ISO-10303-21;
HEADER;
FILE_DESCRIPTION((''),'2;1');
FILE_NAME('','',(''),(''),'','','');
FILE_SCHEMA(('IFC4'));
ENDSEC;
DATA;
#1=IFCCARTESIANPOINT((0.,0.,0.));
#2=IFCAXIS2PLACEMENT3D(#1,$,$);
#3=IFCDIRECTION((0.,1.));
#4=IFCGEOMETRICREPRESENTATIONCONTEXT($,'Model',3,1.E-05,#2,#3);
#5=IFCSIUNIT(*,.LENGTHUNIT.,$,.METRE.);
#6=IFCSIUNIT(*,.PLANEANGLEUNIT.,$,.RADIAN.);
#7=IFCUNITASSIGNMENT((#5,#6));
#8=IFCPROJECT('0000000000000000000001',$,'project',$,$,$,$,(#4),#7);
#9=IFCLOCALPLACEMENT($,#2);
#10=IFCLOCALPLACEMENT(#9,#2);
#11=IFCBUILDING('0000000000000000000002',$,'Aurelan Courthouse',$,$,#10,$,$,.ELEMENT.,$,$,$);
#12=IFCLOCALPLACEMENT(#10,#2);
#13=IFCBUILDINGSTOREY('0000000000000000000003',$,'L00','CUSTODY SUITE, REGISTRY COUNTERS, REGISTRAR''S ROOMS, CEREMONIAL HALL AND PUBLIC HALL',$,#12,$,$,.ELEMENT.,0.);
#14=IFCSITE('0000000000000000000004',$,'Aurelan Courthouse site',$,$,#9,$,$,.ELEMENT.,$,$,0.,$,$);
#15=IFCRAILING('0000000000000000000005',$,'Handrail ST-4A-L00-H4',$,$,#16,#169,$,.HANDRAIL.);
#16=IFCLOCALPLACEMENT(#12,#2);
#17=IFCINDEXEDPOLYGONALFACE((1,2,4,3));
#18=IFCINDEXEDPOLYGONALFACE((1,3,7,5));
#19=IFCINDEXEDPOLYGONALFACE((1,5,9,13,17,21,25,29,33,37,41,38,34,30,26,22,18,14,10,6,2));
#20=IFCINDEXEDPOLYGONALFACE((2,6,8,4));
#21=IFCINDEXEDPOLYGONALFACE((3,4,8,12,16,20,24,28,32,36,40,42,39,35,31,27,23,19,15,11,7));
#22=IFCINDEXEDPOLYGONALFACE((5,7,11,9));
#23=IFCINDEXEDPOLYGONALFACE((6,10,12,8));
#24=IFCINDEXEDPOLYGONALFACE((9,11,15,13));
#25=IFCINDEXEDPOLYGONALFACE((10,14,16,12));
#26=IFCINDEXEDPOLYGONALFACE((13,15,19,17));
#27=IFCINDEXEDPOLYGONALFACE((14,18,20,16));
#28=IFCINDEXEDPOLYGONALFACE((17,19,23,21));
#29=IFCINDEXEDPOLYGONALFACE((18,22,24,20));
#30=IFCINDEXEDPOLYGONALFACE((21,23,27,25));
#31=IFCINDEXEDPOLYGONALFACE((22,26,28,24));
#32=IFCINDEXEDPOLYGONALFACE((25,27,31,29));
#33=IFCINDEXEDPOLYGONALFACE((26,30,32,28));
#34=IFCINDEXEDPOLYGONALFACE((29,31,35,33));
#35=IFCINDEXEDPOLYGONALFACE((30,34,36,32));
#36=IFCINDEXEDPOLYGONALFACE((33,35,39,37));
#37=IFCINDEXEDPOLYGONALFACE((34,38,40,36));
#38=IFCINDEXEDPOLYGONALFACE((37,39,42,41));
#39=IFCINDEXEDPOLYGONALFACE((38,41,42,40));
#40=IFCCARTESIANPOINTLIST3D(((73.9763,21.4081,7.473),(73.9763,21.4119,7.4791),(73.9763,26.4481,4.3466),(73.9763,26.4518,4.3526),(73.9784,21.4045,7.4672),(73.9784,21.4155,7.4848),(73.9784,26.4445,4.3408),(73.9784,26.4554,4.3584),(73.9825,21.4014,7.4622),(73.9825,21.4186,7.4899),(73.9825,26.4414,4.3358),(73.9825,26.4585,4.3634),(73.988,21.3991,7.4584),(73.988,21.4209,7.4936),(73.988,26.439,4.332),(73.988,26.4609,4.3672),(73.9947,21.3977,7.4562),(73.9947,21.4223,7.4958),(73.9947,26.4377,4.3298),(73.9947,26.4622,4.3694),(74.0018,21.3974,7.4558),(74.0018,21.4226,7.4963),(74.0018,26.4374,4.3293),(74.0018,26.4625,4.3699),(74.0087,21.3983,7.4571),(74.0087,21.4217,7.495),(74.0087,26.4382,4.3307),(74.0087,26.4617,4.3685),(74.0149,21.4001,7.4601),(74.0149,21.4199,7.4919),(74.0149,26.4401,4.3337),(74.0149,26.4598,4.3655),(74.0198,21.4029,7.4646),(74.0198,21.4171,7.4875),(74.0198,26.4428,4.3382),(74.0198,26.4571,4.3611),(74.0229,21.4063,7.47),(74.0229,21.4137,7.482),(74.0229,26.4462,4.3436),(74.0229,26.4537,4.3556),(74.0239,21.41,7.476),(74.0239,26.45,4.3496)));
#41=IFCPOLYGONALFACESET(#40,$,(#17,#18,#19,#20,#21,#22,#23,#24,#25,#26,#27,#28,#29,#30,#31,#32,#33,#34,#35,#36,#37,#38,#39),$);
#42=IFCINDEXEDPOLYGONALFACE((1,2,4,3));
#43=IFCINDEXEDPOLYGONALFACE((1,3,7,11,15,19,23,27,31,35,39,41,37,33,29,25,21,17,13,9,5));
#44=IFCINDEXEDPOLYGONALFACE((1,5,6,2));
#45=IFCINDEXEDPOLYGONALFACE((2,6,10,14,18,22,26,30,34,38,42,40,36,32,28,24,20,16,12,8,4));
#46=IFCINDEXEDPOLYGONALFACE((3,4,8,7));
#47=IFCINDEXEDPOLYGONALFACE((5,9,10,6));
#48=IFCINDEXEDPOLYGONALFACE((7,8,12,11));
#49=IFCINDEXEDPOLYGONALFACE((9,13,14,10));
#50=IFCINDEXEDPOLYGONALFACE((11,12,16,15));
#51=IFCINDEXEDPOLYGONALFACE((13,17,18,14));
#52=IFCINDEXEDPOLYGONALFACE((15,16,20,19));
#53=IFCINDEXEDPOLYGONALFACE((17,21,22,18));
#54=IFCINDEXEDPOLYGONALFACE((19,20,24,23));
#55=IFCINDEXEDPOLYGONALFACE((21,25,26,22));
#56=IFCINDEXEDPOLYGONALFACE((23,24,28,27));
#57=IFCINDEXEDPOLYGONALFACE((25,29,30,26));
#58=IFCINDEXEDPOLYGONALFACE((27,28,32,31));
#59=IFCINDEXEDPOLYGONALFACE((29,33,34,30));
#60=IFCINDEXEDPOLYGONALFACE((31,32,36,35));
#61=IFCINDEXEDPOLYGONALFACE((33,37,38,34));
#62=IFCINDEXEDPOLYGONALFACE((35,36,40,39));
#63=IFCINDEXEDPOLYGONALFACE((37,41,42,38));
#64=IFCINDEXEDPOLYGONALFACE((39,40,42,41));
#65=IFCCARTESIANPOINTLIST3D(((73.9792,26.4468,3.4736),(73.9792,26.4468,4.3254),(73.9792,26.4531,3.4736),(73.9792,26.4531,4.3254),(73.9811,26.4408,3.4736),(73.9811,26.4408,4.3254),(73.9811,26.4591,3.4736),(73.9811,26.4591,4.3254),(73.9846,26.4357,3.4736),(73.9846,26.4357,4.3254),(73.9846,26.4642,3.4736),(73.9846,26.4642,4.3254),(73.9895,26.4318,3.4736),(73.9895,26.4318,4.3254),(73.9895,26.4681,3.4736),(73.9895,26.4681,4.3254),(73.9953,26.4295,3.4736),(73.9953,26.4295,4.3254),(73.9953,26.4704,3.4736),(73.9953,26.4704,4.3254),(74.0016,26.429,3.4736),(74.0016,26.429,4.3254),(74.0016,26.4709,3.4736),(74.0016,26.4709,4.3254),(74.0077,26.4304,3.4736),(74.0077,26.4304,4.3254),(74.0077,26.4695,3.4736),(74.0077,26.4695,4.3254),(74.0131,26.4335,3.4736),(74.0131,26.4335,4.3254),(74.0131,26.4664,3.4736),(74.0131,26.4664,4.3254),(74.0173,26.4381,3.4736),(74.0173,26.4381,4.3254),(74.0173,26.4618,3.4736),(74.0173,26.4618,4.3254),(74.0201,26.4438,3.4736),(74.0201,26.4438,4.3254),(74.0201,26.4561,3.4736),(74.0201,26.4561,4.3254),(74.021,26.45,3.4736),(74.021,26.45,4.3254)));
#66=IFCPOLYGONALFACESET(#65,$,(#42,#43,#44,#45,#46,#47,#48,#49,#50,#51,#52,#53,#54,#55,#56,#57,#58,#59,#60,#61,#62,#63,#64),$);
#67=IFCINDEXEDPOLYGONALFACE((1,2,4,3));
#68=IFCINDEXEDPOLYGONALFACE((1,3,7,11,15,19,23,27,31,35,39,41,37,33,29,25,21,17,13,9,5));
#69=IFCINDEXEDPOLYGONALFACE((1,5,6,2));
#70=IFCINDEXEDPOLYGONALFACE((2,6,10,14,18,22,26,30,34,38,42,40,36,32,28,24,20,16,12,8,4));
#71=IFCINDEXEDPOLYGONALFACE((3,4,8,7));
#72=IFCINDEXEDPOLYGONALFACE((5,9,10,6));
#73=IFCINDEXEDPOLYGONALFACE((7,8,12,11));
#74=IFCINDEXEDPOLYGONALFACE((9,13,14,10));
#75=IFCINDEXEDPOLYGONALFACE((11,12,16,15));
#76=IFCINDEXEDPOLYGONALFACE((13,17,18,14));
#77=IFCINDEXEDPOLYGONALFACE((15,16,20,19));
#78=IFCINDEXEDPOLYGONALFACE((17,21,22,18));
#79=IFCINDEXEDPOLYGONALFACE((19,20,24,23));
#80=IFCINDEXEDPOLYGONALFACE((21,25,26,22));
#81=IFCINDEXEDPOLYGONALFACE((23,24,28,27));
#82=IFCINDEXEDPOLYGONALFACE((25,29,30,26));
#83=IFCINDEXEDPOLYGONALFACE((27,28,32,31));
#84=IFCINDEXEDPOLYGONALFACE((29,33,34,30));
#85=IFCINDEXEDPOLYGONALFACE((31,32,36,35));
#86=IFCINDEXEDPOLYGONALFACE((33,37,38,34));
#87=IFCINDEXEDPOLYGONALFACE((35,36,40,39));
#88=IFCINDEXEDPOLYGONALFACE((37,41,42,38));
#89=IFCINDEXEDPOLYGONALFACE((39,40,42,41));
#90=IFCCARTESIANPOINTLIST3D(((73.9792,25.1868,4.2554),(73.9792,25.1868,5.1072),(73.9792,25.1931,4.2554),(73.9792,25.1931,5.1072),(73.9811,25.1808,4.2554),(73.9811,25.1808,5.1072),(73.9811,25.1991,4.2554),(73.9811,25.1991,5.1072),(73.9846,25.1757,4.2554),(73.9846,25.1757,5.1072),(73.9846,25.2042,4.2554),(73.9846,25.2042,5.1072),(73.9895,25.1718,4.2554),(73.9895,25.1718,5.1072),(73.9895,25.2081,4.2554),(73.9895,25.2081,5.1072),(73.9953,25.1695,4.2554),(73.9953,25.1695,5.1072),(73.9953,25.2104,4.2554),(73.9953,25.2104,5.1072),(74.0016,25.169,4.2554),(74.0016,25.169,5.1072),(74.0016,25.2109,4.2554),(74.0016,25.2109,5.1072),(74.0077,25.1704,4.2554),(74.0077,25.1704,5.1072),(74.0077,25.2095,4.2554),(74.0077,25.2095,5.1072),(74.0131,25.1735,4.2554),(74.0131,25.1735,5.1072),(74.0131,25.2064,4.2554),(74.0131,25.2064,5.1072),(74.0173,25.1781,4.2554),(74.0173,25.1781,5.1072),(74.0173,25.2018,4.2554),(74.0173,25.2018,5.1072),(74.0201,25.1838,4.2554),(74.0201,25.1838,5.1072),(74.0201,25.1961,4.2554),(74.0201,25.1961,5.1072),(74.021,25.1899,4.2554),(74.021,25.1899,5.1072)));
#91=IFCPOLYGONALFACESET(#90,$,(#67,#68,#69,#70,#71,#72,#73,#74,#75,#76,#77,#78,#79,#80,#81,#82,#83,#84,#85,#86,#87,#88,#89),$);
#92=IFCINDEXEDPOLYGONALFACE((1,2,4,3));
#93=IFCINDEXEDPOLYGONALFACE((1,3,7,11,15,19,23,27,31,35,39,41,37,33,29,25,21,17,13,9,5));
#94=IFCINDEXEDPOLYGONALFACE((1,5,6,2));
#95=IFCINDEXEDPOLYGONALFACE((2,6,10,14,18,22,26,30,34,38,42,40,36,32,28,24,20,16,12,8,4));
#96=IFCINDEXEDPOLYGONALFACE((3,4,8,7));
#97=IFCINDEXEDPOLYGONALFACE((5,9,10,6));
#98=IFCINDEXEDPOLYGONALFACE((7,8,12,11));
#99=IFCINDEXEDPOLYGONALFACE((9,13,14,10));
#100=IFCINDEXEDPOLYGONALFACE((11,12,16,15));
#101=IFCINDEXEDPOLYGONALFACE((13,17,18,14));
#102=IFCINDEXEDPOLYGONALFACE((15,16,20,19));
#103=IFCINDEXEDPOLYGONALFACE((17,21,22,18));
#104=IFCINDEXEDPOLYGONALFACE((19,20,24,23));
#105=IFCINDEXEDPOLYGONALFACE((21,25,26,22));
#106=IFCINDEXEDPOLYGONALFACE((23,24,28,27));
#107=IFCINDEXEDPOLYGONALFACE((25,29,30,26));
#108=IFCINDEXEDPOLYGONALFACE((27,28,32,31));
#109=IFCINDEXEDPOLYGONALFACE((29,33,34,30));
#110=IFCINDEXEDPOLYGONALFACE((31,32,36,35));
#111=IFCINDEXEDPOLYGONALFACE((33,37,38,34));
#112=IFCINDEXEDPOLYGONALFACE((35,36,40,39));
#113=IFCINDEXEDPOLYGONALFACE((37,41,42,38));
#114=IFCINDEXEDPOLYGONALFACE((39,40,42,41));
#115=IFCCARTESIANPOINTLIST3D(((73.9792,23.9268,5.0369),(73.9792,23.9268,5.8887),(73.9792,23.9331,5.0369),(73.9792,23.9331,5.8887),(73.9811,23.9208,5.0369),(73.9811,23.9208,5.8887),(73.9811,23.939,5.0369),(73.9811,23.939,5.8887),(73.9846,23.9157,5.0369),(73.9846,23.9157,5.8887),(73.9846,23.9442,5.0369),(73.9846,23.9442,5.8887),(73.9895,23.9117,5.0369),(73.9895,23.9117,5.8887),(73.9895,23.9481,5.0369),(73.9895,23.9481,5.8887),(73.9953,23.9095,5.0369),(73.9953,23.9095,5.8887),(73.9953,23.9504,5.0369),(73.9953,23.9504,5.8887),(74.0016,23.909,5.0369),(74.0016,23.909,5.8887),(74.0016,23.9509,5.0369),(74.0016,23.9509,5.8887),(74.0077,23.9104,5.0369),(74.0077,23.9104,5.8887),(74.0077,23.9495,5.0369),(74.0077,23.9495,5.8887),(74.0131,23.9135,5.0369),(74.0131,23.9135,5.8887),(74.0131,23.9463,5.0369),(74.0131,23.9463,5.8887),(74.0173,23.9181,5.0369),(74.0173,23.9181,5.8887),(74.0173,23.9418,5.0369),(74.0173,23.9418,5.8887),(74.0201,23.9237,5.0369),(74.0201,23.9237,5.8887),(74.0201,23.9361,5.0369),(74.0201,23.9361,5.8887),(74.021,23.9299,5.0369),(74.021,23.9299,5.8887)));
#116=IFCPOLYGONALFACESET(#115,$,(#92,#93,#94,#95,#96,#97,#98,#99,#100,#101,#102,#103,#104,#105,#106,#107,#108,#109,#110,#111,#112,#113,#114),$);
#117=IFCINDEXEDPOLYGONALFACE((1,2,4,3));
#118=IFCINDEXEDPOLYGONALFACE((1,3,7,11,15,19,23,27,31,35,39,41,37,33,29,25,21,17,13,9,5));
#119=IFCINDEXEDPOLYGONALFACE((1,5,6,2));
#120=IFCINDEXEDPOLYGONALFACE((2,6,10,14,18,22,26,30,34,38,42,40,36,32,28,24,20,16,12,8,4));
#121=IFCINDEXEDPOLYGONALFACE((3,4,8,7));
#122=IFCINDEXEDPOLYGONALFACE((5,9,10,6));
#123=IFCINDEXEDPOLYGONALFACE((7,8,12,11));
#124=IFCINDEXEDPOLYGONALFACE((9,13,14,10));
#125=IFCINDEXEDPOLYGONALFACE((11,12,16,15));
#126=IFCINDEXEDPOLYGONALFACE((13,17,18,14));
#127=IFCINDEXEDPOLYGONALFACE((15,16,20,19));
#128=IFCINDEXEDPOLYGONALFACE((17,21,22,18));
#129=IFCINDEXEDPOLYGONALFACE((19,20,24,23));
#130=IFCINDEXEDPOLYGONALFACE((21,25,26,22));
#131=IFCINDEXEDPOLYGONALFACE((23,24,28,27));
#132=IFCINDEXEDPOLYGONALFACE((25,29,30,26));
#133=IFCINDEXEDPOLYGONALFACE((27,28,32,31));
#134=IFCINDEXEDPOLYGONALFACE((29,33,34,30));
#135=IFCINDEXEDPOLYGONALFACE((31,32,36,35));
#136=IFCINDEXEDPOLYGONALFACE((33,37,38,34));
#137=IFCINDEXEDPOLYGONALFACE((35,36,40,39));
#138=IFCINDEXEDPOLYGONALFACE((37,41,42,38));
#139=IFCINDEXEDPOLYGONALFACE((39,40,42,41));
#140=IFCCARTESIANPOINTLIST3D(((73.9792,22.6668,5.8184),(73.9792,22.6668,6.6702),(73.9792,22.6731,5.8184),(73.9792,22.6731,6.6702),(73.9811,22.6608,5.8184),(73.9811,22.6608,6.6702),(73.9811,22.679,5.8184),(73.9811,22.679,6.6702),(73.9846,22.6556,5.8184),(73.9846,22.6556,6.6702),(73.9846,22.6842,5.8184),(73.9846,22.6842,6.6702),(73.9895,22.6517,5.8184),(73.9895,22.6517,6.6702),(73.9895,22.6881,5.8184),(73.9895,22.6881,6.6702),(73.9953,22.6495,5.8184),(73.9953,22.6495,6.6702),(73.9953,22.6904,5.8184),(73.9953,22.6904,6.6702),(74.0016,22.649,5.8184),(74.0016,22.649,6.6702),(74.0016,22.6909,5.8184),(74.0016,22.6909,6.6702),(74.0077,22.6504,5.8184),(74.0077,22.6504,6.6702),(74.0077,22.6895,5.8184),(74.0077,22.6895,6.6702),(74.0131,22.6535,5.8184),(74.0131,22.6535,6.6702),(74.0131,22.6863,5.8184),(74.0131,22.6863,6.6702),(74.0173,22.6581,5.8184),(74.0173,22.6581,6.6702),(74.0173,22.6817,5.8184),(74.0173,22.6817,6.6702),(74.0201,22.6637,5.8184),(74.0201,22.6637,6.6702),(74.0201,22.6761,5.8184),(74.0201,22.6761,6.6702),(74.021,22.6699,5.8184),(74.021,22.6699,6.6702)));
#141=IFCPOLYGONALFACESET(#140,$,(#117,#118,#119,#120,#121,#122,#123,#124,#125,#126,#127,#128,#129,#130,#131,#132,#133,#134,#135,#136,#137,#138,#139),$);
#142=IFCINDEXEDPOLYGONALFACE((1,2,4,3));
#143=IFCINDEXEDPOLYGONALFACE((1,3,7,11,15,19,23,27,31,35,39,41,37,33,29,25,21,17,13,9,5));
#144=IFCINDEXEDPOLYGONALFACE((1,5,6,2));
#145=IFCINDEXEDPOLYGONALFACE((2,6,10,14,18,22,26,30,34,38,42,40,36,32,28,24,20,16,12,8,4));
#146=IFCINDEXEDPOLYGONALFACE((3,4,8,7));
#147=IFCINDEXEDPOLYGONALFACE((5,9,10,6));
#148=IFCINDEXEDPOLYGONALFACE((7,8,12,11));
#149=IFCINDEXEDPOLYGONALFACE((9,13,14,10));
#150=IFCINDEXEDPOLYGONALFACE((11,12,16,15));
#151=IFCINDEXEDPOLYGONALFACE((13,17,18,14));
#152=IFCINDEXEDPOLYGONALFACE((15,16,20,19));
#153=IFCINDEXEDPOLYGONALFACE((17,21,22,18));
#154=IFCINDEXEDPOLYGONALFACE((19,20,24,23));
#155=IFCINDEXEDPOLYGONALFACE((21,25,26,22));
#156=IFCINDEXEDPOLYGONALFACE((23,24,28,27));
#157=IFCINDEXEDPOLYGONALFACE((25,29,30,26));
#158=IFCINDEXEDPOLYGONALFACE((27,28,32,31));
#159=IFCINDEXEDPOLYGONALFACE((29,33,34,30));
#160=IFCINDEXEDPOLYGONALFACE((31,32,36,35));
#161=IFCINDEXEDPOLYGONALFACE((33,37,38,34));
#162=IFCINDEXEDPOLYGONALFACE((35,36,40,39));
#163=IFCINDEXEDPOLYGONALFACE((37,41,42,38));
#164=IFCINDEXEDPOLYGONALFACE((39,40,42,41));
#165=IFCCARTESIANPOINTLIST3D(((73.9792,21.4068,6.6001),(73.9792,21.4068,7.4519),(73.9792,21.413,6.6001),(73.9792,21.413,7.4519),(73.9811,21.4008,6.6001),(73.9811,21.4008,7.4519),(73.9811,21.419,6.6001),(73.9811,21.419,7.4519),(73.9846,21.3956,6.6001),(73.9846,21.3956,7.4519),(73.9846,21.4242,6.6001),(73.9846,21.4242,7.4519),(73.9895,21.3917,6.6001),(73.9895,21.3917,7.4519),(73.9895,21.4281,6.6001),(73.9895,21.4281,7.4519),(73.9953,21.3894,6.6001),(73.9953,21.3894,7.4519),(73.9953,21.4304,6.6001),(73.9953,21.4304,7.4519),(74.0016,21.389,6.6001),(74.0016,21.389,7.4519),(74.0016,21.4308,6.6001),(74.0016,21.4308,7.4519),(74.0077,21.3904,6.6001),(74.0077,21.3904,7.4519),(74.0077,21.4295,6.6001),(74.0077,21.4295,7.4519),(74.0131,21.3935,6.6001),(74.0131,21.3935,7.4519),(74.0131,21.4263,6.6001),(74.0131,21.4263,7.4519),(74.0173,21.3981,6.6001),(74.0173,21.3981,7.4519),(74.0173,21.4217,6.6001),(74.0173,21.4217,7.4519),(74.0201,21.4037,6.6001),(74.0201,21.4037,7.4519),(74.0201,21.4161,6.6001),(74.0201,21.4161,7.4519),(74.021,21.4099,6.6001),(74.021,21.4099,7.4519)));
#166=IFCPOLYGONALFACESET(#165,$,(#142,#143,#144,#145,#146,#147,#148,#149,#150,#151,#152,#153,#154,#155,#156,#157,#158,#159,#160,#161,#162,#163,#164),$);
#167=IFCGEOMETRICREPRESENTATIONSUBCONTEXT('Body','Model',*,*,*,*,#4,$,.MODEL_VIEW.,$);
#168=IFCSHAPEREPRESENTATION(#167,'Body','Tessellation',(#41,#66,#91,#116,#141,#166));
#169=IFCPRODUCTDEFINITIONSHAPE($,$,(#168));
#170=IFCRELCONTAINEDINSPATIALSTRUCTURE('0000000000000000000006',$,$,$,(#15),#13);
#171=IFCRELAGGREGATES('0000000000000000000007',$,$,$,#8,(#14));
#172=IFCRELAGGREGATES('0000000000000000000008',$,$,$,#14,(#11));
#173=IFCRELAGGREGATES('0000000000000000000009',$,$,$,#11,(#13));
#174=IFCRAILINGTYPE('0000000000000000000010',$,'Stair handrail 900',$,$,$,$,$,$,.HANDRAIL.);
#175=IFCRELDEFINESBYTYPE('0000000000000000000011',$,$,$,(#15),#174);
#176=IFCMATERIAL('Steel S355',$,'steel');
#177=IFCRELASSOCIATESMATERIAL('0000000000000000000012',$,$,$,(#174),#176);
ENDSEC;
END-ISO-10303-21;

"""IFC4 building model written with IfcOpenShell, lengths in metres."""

from ifc_helpers import new_model, si_unit, direction, frame, origin, origin_2d, place, context, subcontext, project, spatial, circle, extrude, material, type_object, element, save


model = new_model("IFC4")

# Units and contexts
model_context = context("Model", 3, precision=1e-05, world=origin(), true_north=direction((0.0, 1.0)))
body_context = subcontext(model_context, "Body", "Model", "MODEL_VIEW")
ifc_project = project(units=[si_unit("LENGTHUNIT", "METRE"), si_unit("PLANEANGLEUNIT", "RADIAN")], contexts=[model_context])

# Site, building, storey
site_placement = place(None, origin())
site = spatial("IfcSite", under=ifc_project, at=site_placement, Name="Aurelan Courthouse site", CompositionType="ELEMENT", RefElevation=0.0)
building_placement = place(site_placement, origin())
building = spatial("IfcBuilding", under=site, at=building_placement, Name="Aurelan Courthouse", CompositionType="ELEMENT")
storey_placement = place(building_placement, origin())
storey = spatial("IfcBuildingStorey", under=building, at=storey_placement, Name="L00", Description="CUSTODY SUITE, REGISTRY COUNTERS, REGISTRAR'S ROOMS, CEREMONIAL HALL AND PUBLIC HALL", CompositionType="ELEMENT", Elevation=0.0)

# Railing
ifc_material_1 = material(Name="Steel S355", Category="steel")
railing_type = type_object("IfcRailingType", Name="Stair handrail 900", PredefinedType="HANDRAIL", material=ifc_material_1)
for number, where, name in (
    (1, (74.0, 26.45, 3.4736), "Handrail ST-4A-L00-H4"),
):
    element("IfcRailing", number, at=place(storey_placement, frame(where)), inside=storey, type_object=railing_type, Name=name, PredefinedType="HANDRAIL", context=body_context, shape_type="SweptSolid", body=[
        extrude(circle(Radius=0.0239, at=origin_2d()), frame((0.0, 0.0, 0.876), z_axis=(0.0, -0.849779, 0.527139), x_axis=(1.0, 0.0, 0.0)), (0.0, 0.0, 1.0), 5.9309),
        extrude(circle(Radius=0.021, at=origin_2d()), origin(), (0.0, 0.0, 1.0), 0.8518),
        extrude(circle(Radius=0.021, at=origin_2d()), frame((0.0, -1.26, 0.7817)), (0.0, 0.0, 1.0), 0.8518),
        extrude(circle(Radius=0.021, at=origin_2d()), frame((0.0, -2.52, 1.5632)), (0.0, 0.0, 1.0), 0.8518),
        extrude(circle(Radius=0.021, at=origin_2d()), frame((0.0, -3.78, 2.3447)), (0.0, 0.0, 1.0), 0.8518),
        extrude(circle(Radius=0.021, at=origin_2d()), frame((0.0, -5.04, 3.1265)), (0.0, 0.0, 1.0), 0.8518),
    ])

save(model, "model.ifc")
